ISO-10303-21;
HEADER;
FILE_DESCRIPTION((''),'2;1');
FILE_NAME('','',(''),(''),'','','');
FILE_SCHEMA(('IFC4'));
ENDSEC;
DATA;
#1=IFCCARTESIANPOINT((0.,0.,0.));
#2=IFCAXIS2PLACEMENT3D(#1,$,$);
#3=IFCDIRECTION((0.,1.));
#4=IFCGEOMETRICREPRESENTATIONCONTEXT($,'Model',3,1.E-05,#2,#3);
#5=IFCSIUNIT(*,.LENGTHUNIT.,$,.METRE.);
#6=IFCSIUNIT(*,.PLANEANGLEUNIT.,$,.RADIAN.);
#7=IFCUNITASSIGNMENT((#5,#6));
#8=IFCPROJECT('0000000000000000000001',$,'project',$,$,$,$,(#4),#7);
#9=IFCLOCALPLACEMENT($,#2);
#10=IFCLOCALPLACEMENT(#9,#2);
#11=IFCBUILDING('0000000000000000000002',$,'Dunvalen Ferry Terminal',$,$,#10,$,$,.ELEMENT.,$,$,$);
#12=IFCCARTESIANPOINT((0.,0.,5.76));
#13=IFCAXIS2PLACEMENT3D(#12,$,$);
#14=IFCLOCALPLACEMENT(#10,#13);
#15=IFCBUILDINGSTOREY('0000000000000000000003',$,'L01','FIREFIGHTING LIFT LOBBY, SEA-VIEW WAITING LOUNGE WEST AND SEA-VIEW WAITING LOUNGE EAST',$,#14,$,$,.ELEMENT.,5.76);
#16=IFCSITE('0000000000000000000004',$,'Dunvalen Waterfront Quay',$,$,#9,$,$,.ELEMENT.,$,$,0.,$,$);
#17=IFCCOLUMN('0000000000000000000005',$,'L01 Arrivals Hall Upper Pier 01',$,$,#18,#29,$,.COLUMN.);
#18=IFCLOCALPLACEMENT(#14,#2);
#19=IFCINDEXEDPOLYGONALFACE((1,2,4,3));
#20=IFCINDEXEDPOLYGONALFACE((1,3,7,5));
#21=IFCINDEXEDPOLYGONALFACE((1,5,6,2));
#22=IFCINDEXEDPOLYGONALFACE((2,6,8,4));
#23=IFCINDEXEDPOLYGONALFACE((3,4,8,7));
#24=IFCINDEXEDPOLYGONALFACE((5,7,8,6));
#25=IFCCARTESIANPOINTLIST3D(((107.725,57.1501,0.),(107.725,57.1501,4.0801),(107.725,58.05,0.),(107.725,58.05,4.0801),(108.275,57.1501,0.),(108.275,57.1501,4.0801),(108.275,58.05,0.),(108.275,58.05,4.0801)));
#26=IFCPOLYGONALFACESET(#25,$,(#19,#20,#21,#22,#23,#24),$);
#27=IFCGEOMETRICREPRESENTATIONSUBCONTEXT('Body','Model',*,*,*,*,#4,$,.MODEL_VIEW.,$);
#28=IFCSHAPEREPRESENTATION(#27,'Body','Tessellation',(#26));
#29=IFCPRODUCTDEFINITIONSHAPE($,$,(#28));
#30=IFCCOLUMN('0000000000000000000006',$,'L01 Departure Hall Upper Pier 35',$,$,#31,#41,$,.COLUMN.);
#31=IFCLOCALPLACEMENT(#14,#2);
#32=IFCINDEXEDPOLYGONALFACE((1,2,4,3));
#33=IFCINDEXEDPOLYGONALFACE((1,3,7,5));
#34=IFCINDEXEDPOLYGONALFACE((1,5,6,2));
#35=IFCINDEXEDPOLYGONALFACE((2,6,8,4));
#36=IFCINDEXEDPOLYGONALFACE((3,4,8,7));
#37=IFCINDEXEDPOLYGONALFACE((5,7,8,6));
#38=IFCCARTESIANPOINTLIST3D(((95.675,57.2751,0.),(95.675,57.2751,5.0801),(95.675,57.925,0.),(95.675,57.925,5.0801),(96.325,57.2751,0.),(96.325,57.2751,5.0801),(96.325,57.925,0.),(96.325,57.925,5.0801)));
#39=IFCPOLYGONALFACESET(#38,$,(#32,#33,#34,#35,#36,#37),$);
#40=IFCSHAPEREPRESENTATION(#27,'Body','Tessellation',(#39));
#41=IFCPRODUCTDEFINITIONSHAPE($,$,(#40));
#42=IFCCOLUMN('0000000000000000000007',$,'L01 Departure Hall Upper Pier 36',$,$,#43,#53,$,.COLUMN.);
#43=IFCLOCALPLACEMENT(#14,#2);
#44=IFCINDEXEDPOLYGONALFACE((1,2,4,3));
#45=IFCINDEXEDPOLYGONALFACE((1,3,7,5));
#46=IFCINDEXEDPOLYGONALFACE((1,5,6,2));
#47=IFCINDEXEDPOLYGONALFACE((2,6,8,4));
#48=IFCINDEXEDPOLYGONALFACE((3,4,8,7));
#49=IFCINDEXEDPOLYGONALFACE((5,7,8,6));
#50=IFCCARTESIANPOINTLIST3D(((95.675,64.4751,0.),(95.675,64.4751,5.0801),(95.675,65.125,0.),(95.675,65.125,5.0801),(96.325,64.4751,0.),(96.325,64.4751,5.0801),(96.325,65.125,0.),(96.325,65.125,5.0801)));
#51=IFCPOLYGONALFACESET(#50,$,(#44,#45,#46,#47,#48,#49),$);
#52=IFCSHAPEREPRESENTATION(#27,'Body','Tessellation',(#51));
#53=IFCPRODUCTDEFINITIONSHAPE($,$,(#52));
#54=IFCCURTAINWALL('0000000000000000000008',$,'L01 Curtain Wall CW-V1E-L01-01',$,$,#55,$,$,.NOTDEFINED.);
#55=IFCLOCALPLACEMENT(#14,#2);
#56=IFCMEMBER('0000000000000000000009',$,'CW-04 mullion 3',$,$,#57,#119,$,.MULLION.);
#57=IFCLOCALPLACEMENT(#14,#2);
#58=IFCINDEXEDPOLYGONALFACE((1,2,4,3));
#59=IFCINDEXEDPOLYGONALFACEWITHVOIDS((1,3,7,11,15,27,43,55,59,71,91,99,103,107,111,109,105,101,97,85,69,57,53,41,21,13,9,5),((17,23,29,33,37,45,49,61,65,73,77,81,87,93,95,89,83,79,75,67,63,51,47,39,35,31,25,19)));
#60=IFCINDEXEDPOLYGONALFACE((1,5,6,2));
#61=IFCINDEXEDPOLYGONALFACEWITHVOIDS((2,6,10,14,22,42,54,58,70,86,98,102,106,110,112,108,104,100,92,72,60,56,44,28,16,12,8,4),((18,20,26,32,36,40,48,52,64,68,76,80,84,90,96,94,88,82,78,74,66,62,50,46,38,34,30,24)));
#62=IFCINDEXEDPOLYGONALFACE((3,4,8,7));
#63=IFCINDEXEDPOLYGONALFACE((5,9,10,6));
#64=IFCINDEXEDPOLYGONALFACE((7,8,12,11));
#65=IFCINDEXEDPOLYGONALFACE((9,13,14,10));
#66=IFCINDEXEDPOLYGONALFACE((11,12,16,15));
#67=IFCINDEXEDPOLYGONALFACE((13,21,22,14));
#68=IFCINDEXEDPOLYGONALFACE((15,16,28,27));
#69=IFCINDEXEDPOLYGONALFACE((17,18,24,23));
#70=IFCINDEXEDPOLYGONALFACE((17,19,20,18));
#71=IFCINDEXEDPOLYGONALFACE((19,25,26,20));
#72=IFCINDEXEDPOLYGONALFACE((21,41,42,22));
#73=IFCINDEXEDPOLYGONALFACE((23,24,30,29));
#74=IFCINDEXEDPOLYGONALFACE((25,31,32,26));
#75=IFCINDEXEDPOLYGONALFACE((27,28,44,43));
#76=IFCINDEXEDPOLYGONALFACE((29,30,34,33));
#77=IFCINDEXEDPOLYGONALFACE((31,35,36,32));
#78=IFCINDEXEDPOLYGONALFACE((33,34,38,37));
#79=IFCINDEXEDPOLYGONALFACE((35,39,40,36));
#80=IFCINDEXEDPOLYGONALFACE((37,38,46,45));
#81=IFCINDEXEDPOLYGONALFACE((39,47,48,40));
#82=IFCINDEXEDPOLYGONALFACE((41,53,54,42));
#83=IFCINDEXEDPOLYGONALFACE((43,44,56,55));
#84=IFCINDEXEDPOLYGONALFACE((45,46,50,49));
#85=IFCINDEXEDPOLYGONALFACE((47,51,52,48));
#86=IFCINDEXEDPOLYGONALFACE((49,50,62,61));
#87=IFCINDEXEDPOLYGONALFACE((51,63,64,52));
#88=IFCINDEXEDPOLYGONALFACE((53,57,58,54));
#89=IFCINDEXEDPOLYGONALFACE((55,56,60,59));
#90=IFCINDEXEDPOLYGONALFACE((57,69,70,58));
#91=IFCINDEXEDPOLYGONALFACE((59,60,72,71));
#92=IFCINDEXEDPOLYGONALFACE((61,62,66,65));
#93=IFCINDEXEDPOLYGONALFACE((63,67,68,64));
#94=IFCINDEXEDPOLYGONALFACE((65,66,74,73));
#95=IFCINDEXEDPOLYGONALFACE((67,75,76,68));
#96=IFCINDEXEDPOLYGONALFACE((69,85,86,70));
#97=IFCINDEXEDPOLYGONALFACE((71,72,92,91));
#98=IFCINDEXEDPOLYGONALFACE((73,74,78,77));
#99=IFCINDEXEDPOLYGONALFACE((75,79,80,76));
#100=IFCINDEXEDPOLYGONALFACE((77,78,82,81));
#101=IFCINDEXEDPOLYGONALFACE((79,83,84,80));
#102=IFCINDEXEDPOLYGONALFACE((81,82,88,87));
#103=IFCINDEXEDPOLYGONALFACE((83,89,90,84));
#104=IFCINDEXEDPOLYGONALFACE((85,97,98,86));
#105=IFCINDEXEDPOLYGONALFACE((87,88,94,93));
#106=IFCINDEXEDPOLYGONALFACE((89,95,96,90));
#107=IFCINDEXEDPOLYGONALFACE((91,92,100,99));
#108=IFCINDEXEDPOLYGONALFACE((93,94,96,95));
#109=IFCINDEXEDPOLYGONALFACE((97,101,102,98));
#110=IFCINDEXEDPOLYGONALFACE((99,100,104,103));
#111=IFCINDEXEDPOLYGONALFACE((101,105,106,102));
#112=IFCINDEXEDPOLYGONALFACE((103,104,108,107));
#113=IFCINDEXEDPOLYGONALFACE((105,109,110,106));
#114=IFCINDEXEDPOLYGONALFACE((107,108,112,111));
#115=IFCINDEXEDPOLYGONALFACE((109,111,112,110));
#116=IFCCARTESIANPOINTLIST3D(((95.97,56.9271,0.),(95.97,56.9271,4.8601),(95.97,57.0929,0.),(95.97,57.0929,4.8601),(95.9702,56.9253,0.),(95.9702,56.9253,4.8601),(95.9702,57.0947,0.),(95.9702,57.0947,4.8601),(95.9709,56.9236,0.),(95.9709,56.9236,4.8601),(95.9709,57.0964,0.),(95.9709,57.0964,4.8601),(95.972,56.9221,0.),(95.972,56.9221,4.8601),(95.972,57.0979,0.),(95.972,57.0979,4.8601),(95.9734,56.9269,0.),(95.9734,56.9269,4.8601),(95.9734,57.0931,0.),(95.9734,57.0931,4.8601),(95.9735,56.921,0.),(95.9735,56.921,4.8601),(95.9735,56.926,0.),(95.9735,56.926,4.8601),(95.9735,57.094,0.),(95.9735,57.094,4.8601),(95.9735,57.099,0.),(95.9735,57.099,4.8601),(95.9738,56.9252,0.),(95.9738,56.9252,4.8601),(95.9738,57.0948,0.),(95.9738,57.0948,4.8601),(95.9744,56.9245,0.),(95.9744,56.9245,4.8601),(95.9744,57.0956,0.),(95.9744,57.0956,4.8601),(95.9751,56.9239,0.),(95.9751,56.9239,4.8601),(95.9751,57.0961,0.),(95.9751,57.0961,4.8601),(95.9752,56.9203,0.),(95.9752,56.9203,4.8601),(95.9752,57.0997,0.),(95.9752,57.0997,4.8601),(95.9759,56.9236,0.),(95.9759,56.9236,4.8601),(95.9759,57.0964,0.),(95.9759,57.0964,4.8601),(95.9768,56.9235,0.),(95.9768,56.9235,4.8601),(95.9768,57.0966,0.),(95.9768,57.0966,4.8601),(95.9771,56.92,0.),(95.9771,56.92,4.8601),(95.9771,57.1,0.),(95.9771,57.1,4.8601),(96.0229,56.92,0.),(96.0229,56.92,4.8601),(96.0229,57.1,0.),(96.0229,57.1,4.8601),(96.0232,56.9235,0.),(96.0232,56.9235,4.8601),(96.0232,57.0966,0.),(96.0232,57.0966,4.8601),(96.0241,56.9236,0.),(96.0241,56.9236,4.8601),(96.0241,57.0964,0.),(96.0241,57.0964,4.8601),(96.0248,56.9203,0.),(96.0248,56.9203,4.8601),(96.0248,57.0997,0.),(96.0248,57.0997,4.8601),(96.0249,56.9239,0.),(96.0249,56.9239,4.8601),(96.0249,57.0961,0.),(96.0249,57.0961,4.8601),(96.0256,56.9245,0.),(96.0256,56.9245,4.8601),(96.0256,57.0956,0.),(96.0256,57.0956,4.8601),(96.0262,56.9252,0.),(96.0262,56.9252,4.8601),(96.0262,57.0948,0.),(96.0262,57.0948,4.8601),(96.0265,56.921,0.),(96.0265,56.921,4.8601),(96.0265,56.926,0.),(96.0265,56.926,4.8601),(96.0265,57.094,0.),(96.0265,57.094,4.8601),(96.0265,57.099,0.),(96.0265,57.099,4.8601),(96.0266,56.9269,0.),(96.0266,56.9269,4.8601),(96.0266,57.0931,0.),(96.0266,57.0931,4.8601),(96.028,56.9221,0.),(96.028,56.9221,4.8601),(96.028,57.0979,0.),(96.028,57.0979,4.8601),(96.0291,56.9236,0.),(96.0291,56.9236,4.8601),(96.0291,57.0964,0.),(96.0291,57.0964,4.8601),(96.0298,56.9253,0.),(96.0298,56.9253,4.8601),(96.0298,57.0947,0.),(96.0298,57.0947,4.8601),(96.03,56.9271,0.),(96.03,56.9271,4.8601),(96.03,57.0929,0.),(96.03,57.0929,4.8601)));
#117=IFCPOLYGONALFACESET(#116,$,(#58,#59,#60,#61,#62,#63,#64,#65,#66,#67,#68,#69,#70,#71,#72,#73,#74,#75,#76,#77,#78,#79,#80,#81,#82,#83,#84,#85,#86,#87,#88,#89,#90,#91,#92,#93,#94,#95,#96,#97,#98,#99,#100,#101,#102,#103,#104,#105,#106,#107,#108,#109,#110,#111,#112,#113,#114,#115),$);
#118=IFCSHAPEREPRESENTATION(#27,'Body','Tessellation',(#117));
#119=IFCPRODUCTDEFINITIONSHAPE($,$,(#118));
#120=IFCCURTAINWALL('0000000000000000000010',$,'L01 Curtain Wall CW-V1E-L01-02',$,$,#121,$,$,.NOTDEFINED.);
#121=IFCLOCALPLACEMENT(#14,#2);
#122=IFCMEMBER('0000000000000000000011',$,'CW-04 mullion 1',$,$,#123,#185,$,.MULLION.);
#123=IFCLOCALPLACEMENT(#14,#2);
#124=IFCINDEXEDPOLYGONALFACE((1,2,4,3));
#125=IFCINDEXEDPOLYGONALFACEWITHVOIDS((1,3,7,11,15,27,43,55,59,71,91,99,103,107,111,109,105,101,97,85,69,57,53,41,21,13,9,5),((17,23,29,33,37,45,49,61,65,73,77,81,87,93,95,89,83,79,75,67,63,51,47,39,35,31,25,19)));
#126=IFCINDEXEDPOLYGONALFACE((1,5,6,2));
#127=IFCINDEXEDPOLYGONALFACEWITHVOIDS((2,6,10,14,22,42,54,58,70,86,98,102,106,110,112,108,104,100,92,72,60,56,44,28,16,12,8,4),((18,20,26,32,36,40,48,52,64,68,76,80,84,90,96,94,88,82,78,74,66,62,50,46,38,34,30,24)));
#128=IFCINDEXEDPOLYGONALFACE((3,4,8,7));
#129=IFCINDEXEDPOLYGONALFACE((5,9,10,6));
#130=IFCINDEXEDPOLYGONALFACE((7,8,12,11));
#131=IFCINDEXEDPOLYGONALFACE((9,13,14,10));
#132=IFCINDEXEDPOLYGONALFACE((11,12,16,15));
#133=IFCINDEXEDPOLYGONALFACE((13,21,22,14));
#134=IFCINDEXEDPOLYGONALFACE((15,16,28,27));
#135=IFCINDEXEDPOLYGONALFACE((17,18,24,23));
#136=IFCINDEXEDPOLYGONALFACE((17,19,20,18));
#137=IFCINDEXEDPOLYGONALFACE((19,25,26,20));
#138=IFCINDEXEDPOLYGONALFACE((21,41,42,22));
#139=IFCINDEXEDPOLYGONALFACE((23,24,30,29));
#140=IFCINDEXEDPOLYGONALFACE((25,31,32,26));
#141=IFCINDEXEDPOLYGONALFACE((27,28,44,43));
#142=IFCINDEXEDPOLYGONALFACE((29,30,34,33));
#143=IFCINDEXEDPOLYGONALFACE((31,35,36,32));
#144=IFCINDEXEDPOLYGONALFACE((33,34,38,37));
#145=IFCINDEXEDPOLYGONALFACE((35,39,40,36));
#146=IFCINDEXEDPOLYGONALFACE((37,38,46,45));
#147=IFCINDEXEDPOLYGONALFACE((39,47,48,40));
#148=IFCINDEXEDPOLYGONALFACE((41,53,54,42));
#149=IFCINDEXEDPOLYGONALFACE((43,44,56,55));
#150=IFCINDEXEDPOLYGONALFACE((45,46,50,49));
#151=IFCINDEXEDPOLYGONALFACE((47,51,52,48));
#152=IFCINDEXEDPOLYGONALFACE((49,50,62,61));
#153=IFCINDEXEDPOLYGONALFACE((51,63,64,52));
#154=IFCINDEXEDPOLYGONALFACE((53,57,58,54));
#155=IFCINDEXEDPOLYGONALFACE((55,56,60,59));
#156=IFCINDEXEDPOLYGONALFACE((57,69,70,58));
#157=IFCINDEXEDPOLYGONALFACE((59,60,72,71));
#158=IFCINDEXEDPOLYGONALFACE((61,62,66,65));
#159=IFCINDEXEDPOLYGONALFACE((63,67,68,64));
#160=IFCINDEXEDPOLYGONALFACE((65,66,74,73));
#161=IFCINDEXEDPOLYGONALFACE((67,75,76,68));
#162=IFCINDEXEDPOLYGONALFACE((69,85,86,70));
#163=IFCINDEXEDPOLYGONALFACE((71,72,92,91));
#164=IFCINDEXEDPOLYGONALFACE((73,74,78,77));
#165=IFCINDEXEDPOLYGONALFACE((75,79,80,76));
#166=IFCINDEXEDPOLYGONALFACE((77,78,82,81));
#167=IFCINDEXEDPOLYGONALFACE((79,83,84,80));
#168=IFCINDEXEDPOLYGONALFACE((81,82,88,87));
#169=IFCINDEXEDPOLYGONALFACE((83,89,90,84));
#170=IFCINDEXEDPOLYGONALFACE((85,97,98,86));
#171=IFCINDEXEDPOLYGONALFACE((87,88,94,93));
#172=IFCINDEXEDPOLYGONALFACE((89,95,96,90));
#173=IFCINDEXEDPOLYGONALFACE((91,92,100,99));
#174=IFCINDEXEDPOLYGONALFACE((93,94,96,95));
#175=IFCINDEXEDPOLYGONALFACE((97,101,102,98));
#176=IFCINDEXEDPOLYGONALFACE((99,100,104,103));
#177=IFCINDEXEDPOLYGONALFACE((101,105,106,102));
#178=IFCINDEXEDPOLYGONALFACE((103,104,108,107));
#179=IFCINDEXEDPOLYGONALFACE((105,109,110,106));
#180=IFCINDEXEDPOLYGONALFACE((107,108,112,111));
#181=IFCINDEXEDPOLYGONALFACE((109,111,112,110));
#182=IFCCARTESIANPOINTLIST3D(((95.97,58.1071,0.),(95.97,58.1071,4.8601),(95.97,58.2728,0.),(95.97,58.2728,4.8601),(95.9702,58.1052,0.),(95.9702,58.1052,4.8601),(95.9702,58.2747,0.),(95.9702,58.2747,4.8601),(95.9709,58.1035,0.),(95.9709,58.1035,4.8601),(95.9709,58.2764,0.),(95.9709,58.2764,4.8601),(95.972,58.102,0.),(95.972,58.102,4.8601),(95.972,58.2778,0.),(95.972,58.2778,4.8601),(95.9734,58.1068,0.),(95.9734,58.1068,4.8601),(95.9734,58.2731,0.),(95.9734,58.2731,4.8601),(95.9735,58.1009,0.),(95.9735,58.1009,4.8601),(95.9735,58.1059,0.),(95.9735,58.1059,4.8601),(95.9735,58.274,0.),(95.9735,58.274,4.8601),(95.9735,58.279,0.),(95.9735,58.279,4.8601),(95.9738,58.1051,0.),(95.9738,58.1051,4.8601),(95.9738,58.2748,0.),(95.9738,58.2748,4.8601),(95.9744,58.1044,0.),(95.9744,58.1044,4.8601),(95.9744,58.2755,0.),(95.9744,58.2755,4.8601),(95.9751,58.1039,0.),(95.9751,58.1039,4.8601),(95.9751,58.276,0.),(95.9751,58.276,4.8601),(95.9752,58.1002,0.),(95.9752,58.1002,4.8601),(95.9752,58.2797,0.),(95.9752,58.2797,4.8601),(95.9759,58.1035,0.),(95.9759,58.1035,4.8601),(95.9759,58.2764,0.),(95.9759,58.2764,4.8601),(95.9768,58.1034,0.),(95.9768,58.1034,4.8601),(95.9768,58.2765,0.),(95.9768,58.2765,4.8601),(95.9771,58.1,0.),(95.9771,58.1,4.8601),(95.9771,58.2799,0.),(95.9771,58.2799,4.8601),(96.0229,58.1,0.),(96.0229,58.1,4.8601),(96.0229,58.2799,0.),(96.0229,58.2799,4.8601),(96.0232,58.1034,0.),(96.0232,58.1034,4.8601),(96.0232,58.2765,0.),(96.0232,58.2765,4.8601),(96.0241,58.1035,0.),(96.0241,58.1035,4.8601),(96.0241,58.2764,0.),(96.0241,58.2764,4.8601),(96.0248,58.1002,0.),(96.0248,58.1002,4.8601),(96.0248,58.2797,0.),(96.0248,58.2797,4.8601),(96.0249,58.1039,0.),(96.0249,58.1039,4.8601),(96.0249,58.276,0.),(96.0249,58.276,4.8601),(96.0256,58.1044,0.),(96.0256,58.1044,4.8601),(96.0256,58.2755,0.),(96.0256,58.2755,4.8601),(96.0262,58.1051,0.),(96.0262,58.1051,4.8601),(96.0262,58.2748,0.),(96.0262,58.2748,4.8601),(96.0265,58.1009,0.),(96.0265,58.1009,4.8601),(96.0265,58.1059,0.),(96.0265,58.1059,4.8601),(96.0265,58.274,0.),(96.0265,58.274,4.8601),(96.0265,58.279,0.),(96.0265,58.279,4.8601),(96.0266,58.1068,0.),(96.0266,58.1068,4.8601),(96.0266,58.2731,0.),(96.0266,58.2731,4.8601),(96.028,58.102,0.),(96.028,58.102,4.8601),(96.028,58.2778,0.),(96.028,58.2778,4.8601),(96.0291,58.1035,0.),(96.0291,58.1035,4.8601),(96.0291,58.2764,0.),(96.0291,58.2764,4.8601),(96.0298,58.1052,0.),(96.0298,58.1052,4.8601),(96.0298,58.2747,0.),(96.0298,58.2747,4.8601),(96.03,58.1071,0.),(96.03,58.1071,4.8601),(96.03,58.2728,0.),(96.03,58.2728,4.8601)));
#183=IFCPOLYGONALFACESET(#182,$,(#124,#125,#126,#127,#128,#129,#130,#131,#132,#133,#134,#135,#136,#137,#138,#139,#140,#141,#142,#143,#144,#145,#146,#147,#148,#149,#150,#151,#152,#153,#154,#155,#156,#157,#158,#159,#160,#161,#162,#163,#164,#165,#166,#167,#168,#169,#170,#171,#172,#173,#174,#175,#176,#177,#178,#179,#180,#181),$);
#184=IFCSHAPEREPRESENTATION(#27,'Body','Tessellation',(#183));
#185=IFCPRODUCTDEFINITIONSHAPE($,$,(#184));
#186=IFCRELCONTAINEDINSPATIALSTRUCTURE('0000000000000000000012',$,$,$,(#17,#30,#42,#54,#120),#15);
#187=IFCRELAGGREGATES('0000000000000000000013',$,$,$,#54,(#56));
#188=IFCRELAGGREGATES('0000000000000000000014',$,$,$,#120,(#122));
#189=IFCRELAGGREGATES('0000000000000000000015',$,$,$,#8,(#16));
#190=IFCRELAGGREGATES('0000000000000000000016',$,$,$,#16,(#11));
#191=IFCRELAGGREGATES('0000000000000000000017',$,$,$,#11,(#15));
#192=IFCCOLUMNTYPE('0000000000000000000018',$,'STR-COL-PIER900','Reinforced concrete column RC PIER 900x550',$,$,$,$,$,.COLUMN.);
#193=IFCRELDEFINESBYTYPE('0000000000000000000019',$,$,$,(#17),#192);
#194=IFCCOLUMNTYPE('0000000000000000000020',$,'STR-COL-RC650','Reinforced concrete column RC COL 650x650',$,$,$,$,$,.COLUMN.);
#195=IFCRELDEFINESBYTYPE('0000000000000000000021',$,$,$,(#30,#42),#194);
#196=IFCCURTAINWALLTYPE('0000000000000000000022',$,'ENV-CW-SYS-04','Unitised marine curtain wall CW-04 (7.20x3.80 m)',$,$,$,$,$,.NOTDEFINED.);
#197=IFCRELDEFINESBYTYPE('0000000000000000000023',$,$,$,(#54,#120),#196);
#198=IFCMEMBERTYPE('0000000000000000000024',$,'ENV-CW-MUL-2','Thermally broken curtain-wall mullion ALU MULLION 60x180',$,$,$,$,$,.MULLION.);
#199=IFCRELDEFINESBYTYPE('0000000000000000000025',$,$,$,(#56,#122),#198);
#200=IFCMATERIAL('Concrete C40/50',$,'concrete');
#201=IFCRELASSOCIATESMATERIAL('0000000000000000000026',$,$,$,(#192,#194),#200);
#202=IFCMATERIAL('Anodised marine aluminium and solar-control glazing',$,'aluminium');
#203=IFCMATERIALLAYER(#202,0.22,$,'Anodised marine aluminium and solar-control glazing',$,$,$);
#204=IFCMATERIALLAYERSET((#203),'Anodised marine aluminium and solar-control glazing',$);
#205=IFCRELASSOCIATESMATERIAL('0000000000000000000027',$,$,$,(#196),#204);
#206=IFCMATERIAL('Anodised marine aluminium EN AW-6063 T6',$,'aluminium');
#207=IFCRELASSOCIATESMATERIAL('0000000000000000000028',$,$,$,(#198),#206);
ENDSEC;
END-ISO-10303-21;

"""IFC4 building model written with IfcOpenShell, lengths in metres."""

from ifc_helpers import new_model, si_unit, direction, frame, origin, origin_2d, place, context, subcontext, project, spatial, rectangle, hollow_rectangle, extrude, material, layer, layer_set, material_profile, profile_set, type_object, element, aggregate, save


model = new_model("IFC4")

# Units and contexts
model_context = context("Model", 3, precision=1e-05, world=origin(), true_north=direction((0.0, 1.0)))
body_context = subcontext(model_context, "Body", "Model", "MODEL_VIEW")
ifc_project = project(units=[si_unit("LENGTHUNIT", "METRE"), si_unit("PLANEANGLEUNIT", "RADIAN")], contexts=[model_context])

# Site, building, storey
site_placement = place(None, origin())
site = spatial("IfcSite", under=ifc_project, at=site_placement, Name="Dunvalen Waterfront Quay", CompositionType="ELEMENT", RefElevation=0.0)
building_placement = place(site_placement, origin())
building = spatial("IfcBuilding", under=site, at=building_placement, Name="Dunvalen Ferry Terminal", CompositionType="ELEMENT")
storey_placement = place(building_placement, frame((0.0, 0.0, 5.76)))
storey = spatial("IfcBuildingStorey", under=building, at=storey_placement, Name="L01", Description="FIREFIGHTING LIFT LOBBY, SEA-VIEW WAITING LOUNGE WEST AND SEA-VIEW WAITING LOUNGE EAST", CompositionType="ELEMENT", Elevation=5.76)

# Columns
ifc_material_1 = material(Name="Concrete C40/50", Category="concrete")
ifc_material_profile_1 = material_profile(ifc_material_1, rectangle(XDim=0.55, YDim=0.8999, at=origin_2d()), Name="Concrete C40/50")
ifc_profile_set_1 = profile_set([ifc_material_profile_1], Name="Concrete C40/50")
column_type_1 = type_object("IfcColumnType", Name="STR-COL-PIER900", Description="Reinforced concrete column RC PIER 900x550", PredefinedType="COLUMN", material=ifc_profile_set_1)
column_placement = place(storey_placement, frame((108.0, 57.6001, 0.0), z_axis=(0.0, 0.0, 1.0), x_axis=(1.0, 0.0, 0.0)))
element("IfcColumn", 1, at=column_placement, inside=storey, type_object=column_type_1, Name="L01 Arrivals Hall Upper Pier 01", PredefinedType="COLUMN", context=body_context, shape_type="SweptSolid", body=[
    extrude(rectangle(XDim=0.55, YDim=0.8999, at=origin_2d()), origin(), (0.0, 0.0, 1.0), 4.0801),
])
ifc_material_profile_2 = material_profile(ifc_material_1, rectangle(XDim=0.6499, YDim=0.6499, at=origin_2d()), Name="Concrete C40/50")
ifc_profile_set_2 = profile_set([ifc_material_profile_2], Name="Concrete C40/50")
column_type_2 = type_object("IfcColumnType", Name="STR-COL-RC650", Description="Reinforced concrete column RC COL 650x650", PredefinedType="COLUMN", material=ifc_profile_set_2)
for number, where, z_axis, x_axis, name in (
    (2, (96.0, 57.6001, 0.0), (0.0, 0.0, 1.0), (1.0, 0.0, 0.0), "L01 Departure Hall Upper Pier 35"),
    (3, (96.0, 64.8, 0.0), (0.0, 0.0, 1.0), (1.0, 0.0, 0.0), "L01 Departure Hall Upper Pier 36"),
):
    element("IfcColumn", number, at=place(storey_placement, frame(where, z_axis=z_axis, x_axis=x_axis)), inside=storey, type_object=column_type_2, Name=name, PredefinedType="COLUMN", context=body_context, shape_type="SweptSolid", body=[
        extrude(rectangle(XDim=0.6499, YDim=0.6499, at=origin_2d()), origin(), (0.0, 0.0, 1.0), 5.0801),
    ])

# Curtain wall, member
ifc_material_2 = material(Name="Anodised marine aluminium and solar-control glazing", Category="aluminium")
ifc_layer_1 = layer(ifc_material_2, 0.22, Name="Anodised marine aluminium and solar-control glazing")
ifc_layer_set_1 = layer_set([ifc_layer_1], Name="Anodised marine aluminium and solar-control glazing")
curtain_wall_type = type_object("IfcCurtainWallType", Name="ENV-CW-SYS-04", Description="Unitised marine curtain wall CW-04 (7.20x3.80 m)", PredefinedType="NOTDEFINED", material=ifc_layer_set_1)
curtain_wall_1_placement = place(storey_placement, origin())
curtain_wall_1 = element("IfcCurtainWall", 4, at=curtain_wall_1_placement, inside=storey, type_object=curtain_wall_type, Name="L01 Curtain Wall CW-V1E-L01-01", PredefinedType="NOTDEFINED")
ifc_material_3 = material(Name="Anodised marine aluminium EN AW-6063 T6", Category="aluminium")
ifc_material_profile_3 = material_profile(ifc_material_3, hollow_rectangle(XDim=0.0601, YDim=0.1799, WallThickness=0.0034, InnerFilletRadius=0.0034, OuterFilletRadius=0.0071, at=origin_2d()), Name="Anodised marine aluminium EN AW-6063 T6")
ifc_profile_set_3 = profile_set([ifc_material_profile_3], Name="Anodised marine aluminium EN AW-6063 T6")
member_type_1 = type_object("IfcMemberType", Name="ENV-CW-MUL-2", Description="Thermally broken curtain-wall mullion ALU MULLION 60x180", PredefinedType="MULLION", material=ifc_profile_set_3)
member_1_placement = place(storey_placement, frame((96.0, 57.01, 0.0), z_axis=(0.0, 0.0, 1.0), x_axis=(-1.0, 0.0, 0.0)))
member_1 = element("IfcMember", 5, at=member_1_placement, type_object=member_type_1, Name="CW-04 mullion 3", PredefinedType="MULLION", context=body_context, shape_type="SweptSolid", body=[
    extrude(hollow_rectangle(XDim=0.0601, YDim=0.1799, WallThickness=0.0034, InnerFilletRadius=0.0034, OuterFilletRadius=0.0071, at=origin_2d()), origin(), (0.0, 0.0, 1.0), 4.8601),
])

# Curtain wall, member
curtain_wall_2_placement = place(storey_placement, origin())
curtain_wall_2 = element("IfcCurtainWall", 6, at=curtain_wall_2_placement, inside=storey, type_object=curtain_wall_type, Name="L01 Curtain Wall CW-V1E-L01-02", PredefinedType="NOTDEFINED")
member_2_placement = place(storey_placement, frame((96.0, 58.1899, 0.0), z_axis=(0.0, 0.0, 1.0), x_axis=(-1.0, 0.0, 0.0)))
member_2 = element("IfcMember", 7, at=member_2_placement, type_object=member_type_1, Name="CW-04 mullion 1", PredefinedType="MULLION", context=body_context, shape_type="SweptSolid", body=[
    extrude(hollow_rectangle(XDim=0.0601, YDim=0.1799, WallThickness=0.0034, InnerFilletRadius=0.0034, OuterFilletRadius=0.0071, at=origin_2d()), origin(), (0.0, 0.0, 1.0), 4.8601),
])

aggregate(curtain_wall_1, [member_1])
aggregate(curtain_wall_2, [member_2])

save(model, "model.ifc")
